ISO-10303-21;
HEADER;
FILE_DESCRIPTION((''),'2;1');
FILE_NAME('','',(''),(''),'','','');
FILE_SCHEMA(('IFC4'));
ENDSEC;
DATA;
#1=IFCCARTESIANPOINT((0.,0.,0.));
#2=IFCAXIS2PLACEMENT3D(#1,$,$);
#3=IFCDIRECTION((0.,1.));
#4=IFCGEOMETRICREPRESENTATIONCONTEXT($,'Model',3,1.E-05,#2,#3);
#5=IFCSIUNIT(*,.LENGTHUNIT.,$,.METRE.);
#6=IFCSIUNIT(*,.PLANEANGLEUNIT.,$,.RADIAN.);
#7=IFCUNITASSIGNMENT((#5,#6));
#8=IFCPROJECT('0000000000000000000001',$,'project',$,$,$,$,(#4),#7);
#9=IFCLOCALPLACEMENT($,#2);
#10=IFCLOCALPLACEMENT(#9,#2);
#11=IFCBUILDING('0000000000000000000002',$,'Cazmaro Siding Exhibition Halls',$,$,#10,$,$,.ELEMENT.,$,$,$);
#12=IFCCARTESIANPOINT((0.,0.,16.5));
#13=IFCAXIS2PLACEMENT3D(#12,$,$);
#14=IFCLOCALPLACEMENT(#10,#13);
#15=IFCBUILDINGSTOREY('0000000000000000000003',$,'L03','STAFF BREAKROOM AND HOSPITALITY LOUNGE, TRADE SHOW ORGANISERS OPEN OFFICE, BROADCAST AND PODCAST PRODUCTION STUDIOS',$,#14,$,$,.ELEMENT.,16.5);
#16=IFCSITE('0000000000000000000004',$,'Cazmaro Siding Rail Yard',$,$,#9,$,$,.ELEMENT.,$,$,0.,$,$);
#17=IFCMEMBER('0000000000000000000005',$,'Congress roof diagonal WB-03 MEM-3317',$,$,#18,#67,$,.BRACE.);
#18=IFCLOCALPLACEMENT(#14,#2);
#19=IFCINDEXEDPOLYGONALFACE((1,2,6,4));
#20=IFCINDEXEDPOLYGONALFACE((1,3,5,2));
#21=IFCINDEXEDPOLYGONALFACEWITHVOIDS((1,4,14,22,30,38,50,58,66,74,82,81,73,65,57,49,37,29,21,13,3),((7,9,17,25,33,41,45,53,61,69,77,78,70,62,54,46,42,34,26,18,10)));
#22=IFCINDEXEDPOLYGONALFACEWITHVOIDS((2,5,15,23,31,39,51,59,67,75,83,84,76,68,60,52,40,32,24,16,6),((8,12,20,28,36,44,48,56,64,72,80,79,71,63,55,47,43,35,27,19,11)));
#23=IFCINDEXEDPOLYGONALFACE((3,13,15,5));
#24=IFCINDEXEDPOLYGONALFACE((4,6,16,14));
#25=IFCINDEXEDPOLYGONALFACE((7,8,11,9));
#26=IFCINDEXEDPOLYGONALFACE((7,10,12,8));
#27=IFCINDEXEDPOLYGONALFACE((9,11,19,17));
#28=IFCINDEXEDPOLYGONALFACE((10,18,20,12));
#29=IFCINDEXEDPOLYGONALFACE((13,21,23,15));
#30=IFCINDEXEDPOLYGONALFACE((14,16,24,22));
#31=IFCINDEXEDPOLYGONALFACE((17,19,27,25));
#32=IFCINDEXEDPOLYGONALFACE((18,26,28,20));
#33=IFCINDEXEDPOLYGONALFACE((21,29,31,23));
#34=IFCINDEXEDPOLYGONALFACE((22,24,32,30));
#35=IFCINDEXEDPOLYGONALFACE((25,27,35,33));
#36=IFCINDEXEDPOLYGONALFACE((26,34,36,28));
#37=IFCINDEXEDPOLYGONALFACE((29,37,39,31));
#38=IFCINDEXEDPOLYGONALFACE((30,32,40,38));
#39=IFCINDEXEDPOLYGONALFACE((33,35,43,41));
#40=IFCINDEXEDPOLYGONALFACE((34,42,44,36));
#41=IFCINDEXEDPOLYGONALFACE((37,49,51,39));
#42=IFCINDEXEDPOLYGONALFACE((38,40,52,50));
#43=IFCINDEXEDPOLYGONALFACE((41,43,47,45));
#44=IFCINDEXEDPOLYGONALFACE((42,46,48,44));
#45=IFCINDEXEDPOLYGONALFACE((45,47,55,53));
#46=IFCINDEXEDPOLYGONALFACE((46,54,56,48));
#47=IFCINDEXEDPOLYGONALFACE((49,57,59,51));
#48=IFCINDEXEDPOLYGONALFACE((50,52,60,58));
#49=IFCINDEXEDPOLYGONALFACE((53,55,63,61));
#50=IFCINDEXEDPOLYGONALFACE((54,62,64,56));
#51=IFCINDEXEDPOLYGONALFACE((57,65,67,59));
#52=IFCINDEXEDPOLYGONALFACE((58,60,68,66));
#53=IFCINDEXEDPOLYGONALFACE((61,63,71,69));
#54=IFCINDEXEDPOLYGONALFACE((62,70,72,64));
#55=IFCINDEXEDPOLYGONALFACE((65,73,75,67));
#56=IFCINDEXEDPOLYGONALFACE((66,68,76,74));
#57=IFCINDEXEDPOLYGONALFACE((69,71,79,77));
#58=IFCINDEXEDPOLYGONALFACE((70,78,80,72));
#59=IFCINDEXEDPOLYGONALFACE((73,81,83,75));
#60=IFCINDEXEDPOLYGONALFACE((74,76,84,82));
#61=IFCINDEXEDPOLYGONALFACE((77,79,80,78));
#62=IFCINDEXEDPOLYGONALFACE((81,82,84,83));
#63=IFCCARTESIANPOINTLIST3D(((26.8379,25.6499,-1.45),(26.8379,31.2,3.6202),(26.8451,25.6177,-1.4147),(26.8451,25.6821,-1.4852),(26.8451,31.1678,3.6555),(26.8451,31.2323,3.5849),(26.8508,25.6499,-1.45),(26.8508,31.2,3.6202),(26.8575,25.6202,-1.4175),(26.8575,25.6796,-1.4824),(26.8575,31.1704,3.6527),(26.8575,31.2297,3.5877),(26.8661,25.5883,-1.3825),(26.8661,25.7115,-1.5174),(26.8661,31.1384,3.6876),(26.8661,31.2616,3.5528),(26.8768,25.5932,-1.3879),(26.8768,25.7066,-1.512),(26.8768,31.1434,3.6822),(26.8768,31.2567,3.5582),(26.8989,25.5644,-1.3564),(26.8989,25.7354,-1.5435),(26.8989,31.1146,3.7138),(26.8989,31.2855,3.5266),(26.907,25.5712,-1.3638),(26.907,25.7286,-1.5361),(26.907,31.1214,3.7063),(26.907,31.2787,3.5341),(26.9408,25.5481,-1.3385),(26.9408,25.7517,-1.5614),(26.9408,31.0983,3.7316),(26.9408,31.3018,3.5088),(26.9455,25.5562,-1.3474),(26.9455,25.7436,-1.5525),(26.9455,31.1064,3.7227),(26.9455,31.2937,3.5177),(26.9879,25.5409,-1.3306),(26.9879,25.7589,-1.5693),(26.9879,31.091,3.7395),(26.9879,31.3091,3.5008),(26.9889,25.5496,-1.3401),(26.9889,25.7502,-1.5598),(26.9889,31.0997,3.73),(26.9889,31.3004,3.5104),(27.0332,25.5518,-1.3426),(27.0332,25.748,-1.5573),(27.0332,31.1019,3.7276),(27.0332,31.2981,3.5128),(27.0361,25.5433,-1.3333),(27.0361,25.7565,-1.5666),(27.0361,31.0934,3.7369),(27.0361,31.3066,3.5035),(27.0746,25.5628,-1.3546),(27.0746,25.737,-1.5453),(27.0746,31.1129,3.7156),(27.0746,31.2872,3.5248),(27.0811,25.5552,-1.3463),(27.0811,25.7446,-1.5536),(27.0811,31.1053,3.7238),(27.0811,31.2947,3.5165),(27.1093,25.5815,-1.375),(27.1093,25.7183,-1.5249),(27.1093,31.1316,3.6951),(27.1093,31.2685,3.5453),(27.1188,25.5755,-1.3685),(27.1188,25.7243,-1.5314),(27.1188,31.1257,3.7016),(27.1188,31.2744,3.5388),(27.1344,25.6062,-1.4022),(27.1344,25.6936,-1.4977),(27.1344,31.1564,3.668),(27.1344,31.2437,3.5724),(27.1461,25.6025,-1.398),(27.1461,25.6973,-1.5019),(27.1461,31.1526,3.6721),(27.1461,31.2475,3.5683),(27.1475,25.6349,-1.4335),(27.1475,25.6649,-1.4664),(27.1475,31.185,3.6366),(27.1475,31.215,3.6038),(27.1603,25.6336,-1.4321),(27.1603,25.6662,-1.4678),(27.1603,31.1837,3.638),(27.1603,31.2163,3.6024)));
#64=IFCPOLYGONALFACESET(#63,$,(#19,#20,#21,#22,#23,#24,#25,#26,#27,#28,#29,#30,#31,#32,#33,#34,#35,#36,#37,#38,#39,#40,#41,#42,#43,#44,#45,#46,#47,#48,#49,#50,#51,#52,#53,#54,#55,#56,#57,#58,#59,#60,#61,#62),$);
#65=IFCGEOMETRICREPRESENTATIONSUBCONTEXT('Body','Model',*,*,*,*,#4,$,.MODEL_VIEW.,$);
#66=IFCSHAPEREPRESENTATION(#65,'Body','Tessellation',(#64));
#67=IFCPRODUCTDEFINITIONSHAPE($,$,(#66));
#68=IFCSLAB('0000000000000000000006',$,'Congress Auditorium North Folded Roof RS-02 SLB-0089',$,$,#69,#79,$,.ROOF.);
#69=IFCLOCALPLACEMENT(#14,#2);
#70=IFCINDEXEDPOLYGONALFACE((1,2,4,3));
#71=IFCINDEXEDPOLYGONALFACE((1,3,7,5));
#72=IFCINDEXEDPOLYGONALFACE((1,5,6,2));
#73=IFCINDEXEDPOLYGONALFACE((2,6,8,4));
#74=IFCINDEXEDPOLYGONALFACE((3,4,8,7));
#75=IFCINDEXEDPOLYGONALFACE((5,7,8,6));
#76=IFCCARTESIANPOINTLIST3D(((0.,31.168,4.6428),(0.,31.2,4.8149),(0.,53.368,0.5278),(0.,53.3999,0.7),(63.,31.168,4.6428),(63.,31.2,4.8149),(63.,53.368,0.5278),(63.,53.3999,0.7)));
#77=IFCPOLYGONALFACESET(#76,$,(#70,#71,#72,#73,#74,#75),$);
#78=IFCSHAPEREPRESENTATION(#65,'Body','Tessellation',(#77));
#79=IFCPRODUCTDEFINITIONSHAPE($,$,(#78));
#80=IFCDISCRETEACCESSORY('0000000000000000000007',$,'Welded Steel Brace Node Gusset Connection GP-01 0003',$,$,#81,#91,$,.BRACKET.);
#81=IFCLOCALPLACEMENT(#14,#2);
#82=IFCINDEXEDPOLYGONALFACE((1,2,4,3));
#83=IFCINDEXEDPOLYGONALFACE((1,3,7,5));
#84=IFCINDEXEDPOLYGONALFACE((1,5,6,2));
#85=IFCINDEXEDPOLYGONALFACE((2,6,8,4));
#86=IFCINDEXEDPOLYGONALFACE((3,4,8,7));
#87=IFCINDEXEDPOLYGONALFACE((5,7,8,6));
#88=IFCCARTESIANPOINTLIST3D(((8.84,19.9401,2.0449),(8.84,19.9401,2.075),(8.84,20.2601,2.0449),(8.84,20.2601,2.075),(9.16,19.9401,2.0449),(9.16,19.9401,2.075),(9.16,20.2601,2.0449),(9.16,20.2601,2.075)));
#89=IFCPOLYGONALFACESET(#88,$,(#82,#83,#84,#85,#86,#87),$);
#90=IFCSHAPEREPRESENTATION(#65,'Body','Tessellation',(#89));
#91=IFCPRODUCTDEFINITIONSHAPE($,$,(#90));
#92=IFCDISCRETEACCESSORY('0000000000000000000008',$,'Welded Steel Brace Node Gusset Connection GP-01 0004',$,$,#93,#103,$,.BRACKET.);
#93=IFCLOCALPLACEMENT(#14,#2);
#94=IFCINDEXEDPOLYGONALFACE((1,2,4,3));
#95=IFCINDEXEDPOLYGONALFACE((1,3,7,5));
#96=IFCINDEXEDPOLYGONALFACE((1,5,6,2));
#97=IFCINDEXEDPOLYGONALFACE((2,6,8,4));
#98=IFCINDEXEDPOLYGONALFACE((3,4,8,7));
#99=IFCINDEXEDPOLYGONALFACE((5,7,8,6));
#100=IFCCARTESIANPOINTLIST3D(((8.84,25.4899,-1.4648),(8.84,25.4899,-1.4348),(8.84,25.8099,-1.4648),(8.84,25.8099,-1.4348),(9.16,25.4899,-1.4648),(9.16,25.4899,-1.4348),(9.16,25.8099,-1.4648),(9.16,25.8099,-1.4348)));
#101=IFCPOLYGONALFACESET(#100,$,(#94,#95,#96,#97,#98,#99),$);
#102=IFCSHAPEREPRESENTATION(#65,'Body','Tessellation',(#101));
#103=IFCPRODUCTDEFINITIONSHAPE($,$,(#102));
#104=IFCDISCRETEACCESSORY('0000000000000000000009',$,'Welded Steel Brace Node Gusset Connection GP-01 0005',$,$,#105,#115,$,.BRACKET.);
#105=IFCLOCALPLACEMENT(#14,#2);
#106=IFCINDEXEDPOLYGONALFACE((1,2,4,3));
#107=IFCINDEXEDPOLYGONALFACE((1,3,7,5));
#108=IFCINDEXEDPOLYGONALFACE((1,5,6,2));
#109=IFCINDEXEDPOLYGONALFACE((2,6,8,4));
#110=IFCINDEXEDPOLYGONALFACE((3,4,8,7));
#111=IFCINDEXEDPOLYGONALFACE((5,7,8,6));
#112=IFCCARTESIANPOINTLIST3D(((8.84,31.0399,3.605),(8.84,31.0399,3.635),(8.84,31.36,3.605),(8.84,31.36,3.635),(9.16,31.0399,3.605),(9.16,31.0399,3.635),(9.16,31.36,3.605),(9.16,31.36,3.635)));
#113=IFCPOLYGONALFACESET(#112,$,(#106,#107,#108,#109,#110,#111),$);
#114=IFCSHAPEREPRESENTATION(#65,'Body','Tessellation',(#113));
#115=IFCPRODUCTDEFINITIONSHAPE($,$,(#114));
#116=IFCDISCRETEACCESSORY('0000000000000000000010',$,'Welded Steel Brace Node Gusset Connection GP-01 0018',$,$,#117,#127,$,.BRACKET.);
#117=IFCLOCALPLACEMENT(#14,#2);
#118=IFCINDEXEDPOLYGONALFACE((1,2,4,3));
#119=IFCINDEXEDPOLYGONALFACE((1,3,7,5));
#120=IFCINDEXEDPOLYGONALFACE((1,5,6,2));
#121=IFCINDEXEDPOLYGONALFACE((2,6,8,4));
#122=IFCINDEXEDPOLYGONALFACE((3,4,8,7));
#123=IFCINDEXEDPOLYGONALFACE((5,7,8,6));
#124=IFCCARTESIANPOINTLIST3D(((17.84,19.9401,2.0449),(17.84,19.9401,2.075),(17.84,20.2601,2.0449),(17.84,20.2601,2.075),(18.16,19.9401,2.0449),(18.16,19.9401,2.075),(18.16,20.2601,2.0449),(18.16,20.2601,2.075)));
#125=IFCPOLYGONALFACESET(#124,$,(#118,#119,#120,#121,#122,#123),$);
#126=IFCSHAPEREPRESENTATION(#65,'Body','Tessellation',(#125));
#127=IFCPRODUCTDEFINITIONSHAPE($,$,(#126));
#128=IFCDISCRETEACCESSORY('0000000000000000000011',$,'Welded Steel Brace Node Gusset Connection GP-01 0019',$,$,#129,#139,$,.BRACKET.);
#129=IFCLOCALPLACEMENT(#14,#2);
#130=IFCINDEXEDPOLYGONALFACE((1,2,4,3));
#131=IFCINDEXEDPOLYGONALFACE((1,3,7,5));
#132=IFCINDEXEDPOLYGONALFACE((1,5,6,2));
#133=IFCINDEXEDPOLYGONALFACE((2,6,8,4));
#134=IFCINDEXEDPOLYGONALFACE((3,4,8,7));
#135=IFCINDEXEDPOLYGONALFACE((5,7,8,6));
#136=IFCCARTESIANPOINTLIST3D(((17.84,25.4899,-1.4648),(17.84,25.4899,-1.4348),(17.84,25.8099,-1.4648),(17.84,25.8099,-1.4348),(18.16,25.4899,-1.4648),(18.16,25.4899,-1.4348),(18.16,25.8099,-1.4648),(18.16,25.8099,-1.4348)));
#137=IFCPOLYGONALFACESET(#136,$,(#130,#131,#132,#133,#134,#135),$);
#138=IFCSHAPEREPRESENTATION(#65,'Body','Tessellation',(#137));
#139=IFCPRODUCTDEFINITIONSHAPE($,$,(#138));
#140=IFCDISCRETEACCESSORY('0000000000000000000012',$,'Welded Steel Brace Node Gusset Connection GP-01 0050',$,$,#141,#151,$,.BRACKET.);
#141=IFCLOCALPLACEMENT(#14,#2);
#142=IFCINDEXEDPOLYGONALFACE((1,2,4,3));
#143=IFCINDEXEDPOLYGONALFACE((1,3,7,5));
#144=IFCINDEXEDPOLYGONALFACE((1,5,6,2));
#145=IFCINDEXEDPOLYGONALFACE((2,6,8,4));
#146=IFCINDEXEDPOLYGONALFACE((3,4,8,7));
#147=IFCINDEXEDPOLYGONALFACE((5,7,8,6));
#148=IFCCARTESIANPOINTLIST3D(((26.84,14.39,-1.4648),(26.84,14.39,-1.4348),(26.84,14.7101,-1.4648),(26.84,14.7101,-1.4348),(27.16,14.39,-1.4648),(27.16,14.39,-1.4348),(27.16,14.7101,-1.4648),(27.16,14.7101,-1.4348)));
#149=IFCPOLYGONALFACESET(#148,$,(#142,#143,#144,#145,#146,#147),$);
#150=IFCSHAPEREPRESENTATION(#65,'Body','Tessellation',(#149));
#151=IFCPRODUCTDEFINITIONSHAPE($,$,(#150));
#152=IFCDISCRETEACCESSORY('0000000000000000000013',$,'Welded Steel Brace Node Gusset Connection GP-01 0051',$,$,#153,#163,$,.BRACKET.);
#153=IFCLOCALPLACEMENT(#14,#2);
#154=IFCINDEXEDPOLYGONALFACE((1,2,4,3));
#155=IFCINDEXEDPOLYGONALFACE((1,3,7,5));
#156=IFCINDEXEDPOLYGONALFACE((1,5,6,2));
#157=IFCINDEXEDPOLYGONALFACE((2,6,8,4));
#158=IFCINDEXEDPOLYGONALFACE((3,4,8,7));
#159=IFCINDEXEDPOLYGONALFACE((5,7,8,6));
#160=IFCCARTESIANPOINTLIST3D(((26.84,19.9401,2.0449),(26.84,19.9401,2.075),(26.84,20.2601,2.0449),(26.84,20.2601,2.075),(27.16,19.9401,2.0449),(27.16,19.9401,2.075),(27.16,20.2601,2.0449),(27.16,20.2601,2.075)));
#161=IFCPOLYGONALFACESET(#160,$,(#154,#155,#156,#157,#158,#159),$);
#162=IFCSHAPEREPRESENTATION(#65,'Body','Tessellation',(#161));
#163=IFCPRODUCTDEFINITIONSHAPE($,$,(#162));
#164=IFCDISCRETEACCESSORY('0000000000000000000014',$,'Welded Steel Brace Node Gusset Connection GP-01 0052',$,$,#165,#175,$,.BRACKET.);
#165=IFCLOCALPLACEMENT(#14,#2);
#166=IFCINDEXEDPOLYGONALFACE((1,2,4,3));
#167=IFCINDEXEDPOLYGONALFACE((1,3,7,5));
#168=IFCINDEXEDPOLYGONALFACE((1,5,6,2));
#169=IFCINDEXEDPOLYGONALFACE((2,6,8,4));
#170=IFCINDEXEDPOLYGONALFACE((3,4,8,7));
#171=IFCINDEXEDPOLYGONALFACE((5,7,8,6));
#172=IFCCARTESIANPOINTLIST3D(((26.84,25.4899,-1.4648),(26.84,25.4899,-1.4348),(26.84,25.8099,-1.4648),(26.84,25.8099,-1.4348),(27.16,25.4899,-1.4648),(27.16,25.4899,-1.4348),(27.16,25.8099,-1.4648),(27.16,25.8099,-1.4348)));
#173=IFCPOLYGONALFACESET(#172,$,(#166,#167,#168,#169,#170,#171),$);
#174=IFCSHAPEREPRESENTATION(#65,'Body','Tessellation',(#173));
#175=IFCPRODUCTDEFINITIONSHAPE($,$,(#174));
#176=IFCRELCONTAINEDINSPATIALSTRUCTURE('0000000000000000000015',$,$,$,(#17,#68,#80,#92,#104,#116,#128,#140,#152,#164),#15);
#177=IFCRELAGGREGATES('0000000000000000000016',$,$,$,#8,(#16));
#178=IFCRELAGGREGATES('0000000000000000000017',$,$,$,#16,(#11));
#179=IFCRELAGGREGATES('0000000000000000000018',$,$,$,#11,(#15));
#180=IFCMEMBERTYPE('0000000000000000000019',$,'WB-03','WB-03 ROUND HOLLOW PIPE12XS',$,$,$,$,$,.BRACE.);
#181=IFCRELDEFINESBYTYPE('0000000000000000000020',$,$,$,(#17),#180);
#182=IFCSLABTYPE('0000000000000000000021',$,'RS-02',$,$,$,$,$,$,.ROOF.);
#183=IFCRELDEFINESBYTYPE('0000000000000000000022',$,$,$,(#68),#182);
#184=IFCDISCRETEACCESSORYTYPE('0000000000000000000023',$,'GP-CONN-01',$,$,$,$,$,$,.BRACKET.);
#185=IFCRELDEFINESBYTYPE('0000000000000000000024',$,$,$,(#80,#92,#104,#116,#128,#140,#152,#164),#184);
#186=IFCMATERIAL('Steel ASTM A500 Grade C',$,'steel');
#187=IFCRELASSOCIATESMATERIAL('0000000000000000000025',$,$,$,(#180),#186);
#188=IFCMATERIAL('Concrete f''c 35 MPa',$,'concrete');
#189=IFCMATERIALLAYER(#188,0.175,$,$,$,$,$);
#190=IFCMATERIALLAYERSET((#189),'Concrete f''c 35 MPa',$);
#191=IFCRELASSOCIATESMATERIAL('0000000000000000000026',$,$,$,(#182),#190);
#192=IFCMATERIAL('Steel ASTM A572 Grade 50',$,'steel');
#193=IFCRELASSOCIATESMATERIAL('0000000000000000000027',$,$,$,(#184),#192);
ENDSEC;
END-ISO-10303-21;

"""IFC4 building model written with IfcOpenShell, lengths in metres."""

from ifc_helpers import new_model, si_unit, direction, frame, origin, origin_2d, place, context, subcontext, project, spatial, polyline, rectangle, hollow_circle, outline, extrude, material, layer, layer_set, material_profile, profile_set, type_object, element, save


model = new_model("IFC4")

# Units and contexts
model_context = context("Model", 3, precision=1e-05, world=origin(), true_north=direction((0.0, 1.0)))
body_context = subcontext(model_context, "Body", "Model", "MODEL_VIEW")
ifc_project = project(units=[si_unit("LENGTHUNIT", "METRE"), si_unit("PLANEANGLEUNIT", "RADIAN")], contexts=[model_context])

# Site, building, storey
site_placement = place(None, origin())
site = spatial("IfcSite", under=ifc_project, at=site_placement, Name="Cazmaro Siding Rail Yard", CompositionType="ELEMENT", RefElevation=0.0)
building_placement = place(site_placement, origin())
building = spatial("IfcBuilding", under=site, at=building_placement, Name="Cazmaro Siding Exhibition Halls", CompositionType="ELEMENT")
storey_placement = place(building_placement, frame((0.0, 0.0, 16.5)))
storey = spatial("IfcBuildingStorey", under=building, at=storey_placement, Name="L03", Description="STAFF BREAKROOM AND HOSPITALITY LOUNGE, TRADE SHOW ORGANISERS OPEN OFFICE, BROADCAST AND PODCAST PRODUCTION STUDIOS", CompositionType="ELEMENT", Elevation=16.5)

# Member
ifc_material_1 = material(Name="Steel ASTM A500 Grade C", Category="steel")
ifc_material_profile_1 = material_profile(ifc_material_1, hollow_circle(Radius=0.1621, WallThickness=0.0129, at=origin_2d()), Name="PIPE12XS")
ifc_profile_set_1 = profile_set([ifc_material_profile_1], Name="Steel ASTM A500 Grade C")
member_type_1 = type_object("IfcMemberType", Name="WB-03", Description="WB-03 ROUND HOLLOW PIPE12XS", PredefinedType="BRACE", material=ifc_profile_set_1)
member_1_placement = place(storey_placement, frame((27.0, 25.6499, -1.45), z_axis=(0.0, 0.738311, 0.67446), x_axis=(-1.0, 0.0, 0.0)))
element("IfcMember", 1, at=member_1_placement, inside=storey, type_object=member_type_1, Name="Congress roof diagonal WB-03 MEM-3317", PredefinedType="BRACE", context=body_context, shape_type="SweptSolid", body=[
    extrude(hollow_circle(Radius=0.1621, WallThickness=0.0129, at=origin_2d()), origin(), (0.0, 0.0, 1.0), 7.5173),
])

# Slab
ifc_material_2 = material(Name="Concrete f'c 35 MPa", Category="concrete")
ifc_layer = layer(ifc_material_2, 0.175)
ifc_layer_set = layer_set([ifc_layer], Name="Concrete f'c 35 MPa")
slab_type = type_object("IfcSlabType", Name="RS-02", PredefinedType="ROOF", material=ifc_layer_set)
slab_placement = place(storey_placement, frame((0.0, 31.2, 4.8149), z_axis=(0.0, 0.182256, 0.983251), x_axis=(1.0, 0.0, 0.0)))
element("IfcSlab", 2, at=slab_placement, inside=storey, type_object=slab_type, Name="Congress Auditorium North Folded Roof RS-02 SLB-0089", PredefinedType="ROOF", context=body_context, shape_type="SweptSolid", body=[
    extrude(outline(polyline([(0.0, 0.0), (63.0, 0.0), (63.0, 22.5781), (0.0, 22.5781), (0.0, 0.0)])), origin(), (0.0, 0.0, -1.0), 0.175),
])

# Discrete accessories
ifc_material_3 = material(Name="Steel ASTM A572 Grade 50", Category="steel")
discrete_accessory_type = type_object("IfcDiscreteAccessoryType", Name="GP-CONN-01", PredefinedType="BRACKET", material=ifc_material_3)
for number, where, z_axis, x_axis, name in (
    (3, (9.0, 20.1001, 2.0449), (0.0, 0.0, 1.0), (1.0, 0.0, 0.0), "Welded Steel Brace Node Gusset Connection GP-01 0003"),
    (4, (9.0, 25.6499, -1.4648), (0.0, 0.0, 1.0), (1.0, 0.0, 0.0), "Welded Steel Brace Node Gusset Connection GP-01 0004"),
    (5, (9.0, 31.2, 3.605), (0.0, 0.0, 1.0), (1.0, 0.0, 0.0), "Welded Steel Brace Node Gusset Connection GP-01 0005"),
    (6, (18.0, 20.1001, 2.0449), (0.0, 0.0, 1.0), (1.0, 0.0, 0.0), "Welded Steel Brace Node Gusset Connection GP-01 0018"),
    (7, (18.0, 25.6499, -1.4648), (0.0, 0.0, 1.0), (1.0, 0.0, 0.0), "Welded Steel Brace Node Gusset Connection GP-01 0019"),
    (8, (27.0, 14.55, -1.4648), (0.0, 0.0, 1.0), (1.0, 0.0, 0.0), "Welded Steel Brace Node Gusset Connection GP-01 0050"),
    (9, (27.0, 20.1001, 2.0449), (0.0, 0.0, 1.0), (1.0, 0.0, 0.0), "Welded Steel Brace Node Gusset Connection GP-01 0051"),
    (10, (27.0, 25.6499, -1.4648), (0.0, 0.0, 1.0), (1.0, 0.0, 0.0), "Welded Steel Brace Node Gusset Connection GP-01 0052"),
):
    element("IfcDiscreteAccessory", number, at=place(storey_placement, frame(where, z_axis=z_axis, x_axis=x_axis)), inside=storey, type_object=discrete_accessory_type, Name=name, PredefinedType="BRACKET", context=body_context, shape_type="SweptSolid", body=[
        extrude(rectangle(XDim=0.3201, YDim=0.3201, at=origin_2d()), origin(), (0.0, 0.0, 1.0), 0.03),
    ])

save(model, "model.ifc")
